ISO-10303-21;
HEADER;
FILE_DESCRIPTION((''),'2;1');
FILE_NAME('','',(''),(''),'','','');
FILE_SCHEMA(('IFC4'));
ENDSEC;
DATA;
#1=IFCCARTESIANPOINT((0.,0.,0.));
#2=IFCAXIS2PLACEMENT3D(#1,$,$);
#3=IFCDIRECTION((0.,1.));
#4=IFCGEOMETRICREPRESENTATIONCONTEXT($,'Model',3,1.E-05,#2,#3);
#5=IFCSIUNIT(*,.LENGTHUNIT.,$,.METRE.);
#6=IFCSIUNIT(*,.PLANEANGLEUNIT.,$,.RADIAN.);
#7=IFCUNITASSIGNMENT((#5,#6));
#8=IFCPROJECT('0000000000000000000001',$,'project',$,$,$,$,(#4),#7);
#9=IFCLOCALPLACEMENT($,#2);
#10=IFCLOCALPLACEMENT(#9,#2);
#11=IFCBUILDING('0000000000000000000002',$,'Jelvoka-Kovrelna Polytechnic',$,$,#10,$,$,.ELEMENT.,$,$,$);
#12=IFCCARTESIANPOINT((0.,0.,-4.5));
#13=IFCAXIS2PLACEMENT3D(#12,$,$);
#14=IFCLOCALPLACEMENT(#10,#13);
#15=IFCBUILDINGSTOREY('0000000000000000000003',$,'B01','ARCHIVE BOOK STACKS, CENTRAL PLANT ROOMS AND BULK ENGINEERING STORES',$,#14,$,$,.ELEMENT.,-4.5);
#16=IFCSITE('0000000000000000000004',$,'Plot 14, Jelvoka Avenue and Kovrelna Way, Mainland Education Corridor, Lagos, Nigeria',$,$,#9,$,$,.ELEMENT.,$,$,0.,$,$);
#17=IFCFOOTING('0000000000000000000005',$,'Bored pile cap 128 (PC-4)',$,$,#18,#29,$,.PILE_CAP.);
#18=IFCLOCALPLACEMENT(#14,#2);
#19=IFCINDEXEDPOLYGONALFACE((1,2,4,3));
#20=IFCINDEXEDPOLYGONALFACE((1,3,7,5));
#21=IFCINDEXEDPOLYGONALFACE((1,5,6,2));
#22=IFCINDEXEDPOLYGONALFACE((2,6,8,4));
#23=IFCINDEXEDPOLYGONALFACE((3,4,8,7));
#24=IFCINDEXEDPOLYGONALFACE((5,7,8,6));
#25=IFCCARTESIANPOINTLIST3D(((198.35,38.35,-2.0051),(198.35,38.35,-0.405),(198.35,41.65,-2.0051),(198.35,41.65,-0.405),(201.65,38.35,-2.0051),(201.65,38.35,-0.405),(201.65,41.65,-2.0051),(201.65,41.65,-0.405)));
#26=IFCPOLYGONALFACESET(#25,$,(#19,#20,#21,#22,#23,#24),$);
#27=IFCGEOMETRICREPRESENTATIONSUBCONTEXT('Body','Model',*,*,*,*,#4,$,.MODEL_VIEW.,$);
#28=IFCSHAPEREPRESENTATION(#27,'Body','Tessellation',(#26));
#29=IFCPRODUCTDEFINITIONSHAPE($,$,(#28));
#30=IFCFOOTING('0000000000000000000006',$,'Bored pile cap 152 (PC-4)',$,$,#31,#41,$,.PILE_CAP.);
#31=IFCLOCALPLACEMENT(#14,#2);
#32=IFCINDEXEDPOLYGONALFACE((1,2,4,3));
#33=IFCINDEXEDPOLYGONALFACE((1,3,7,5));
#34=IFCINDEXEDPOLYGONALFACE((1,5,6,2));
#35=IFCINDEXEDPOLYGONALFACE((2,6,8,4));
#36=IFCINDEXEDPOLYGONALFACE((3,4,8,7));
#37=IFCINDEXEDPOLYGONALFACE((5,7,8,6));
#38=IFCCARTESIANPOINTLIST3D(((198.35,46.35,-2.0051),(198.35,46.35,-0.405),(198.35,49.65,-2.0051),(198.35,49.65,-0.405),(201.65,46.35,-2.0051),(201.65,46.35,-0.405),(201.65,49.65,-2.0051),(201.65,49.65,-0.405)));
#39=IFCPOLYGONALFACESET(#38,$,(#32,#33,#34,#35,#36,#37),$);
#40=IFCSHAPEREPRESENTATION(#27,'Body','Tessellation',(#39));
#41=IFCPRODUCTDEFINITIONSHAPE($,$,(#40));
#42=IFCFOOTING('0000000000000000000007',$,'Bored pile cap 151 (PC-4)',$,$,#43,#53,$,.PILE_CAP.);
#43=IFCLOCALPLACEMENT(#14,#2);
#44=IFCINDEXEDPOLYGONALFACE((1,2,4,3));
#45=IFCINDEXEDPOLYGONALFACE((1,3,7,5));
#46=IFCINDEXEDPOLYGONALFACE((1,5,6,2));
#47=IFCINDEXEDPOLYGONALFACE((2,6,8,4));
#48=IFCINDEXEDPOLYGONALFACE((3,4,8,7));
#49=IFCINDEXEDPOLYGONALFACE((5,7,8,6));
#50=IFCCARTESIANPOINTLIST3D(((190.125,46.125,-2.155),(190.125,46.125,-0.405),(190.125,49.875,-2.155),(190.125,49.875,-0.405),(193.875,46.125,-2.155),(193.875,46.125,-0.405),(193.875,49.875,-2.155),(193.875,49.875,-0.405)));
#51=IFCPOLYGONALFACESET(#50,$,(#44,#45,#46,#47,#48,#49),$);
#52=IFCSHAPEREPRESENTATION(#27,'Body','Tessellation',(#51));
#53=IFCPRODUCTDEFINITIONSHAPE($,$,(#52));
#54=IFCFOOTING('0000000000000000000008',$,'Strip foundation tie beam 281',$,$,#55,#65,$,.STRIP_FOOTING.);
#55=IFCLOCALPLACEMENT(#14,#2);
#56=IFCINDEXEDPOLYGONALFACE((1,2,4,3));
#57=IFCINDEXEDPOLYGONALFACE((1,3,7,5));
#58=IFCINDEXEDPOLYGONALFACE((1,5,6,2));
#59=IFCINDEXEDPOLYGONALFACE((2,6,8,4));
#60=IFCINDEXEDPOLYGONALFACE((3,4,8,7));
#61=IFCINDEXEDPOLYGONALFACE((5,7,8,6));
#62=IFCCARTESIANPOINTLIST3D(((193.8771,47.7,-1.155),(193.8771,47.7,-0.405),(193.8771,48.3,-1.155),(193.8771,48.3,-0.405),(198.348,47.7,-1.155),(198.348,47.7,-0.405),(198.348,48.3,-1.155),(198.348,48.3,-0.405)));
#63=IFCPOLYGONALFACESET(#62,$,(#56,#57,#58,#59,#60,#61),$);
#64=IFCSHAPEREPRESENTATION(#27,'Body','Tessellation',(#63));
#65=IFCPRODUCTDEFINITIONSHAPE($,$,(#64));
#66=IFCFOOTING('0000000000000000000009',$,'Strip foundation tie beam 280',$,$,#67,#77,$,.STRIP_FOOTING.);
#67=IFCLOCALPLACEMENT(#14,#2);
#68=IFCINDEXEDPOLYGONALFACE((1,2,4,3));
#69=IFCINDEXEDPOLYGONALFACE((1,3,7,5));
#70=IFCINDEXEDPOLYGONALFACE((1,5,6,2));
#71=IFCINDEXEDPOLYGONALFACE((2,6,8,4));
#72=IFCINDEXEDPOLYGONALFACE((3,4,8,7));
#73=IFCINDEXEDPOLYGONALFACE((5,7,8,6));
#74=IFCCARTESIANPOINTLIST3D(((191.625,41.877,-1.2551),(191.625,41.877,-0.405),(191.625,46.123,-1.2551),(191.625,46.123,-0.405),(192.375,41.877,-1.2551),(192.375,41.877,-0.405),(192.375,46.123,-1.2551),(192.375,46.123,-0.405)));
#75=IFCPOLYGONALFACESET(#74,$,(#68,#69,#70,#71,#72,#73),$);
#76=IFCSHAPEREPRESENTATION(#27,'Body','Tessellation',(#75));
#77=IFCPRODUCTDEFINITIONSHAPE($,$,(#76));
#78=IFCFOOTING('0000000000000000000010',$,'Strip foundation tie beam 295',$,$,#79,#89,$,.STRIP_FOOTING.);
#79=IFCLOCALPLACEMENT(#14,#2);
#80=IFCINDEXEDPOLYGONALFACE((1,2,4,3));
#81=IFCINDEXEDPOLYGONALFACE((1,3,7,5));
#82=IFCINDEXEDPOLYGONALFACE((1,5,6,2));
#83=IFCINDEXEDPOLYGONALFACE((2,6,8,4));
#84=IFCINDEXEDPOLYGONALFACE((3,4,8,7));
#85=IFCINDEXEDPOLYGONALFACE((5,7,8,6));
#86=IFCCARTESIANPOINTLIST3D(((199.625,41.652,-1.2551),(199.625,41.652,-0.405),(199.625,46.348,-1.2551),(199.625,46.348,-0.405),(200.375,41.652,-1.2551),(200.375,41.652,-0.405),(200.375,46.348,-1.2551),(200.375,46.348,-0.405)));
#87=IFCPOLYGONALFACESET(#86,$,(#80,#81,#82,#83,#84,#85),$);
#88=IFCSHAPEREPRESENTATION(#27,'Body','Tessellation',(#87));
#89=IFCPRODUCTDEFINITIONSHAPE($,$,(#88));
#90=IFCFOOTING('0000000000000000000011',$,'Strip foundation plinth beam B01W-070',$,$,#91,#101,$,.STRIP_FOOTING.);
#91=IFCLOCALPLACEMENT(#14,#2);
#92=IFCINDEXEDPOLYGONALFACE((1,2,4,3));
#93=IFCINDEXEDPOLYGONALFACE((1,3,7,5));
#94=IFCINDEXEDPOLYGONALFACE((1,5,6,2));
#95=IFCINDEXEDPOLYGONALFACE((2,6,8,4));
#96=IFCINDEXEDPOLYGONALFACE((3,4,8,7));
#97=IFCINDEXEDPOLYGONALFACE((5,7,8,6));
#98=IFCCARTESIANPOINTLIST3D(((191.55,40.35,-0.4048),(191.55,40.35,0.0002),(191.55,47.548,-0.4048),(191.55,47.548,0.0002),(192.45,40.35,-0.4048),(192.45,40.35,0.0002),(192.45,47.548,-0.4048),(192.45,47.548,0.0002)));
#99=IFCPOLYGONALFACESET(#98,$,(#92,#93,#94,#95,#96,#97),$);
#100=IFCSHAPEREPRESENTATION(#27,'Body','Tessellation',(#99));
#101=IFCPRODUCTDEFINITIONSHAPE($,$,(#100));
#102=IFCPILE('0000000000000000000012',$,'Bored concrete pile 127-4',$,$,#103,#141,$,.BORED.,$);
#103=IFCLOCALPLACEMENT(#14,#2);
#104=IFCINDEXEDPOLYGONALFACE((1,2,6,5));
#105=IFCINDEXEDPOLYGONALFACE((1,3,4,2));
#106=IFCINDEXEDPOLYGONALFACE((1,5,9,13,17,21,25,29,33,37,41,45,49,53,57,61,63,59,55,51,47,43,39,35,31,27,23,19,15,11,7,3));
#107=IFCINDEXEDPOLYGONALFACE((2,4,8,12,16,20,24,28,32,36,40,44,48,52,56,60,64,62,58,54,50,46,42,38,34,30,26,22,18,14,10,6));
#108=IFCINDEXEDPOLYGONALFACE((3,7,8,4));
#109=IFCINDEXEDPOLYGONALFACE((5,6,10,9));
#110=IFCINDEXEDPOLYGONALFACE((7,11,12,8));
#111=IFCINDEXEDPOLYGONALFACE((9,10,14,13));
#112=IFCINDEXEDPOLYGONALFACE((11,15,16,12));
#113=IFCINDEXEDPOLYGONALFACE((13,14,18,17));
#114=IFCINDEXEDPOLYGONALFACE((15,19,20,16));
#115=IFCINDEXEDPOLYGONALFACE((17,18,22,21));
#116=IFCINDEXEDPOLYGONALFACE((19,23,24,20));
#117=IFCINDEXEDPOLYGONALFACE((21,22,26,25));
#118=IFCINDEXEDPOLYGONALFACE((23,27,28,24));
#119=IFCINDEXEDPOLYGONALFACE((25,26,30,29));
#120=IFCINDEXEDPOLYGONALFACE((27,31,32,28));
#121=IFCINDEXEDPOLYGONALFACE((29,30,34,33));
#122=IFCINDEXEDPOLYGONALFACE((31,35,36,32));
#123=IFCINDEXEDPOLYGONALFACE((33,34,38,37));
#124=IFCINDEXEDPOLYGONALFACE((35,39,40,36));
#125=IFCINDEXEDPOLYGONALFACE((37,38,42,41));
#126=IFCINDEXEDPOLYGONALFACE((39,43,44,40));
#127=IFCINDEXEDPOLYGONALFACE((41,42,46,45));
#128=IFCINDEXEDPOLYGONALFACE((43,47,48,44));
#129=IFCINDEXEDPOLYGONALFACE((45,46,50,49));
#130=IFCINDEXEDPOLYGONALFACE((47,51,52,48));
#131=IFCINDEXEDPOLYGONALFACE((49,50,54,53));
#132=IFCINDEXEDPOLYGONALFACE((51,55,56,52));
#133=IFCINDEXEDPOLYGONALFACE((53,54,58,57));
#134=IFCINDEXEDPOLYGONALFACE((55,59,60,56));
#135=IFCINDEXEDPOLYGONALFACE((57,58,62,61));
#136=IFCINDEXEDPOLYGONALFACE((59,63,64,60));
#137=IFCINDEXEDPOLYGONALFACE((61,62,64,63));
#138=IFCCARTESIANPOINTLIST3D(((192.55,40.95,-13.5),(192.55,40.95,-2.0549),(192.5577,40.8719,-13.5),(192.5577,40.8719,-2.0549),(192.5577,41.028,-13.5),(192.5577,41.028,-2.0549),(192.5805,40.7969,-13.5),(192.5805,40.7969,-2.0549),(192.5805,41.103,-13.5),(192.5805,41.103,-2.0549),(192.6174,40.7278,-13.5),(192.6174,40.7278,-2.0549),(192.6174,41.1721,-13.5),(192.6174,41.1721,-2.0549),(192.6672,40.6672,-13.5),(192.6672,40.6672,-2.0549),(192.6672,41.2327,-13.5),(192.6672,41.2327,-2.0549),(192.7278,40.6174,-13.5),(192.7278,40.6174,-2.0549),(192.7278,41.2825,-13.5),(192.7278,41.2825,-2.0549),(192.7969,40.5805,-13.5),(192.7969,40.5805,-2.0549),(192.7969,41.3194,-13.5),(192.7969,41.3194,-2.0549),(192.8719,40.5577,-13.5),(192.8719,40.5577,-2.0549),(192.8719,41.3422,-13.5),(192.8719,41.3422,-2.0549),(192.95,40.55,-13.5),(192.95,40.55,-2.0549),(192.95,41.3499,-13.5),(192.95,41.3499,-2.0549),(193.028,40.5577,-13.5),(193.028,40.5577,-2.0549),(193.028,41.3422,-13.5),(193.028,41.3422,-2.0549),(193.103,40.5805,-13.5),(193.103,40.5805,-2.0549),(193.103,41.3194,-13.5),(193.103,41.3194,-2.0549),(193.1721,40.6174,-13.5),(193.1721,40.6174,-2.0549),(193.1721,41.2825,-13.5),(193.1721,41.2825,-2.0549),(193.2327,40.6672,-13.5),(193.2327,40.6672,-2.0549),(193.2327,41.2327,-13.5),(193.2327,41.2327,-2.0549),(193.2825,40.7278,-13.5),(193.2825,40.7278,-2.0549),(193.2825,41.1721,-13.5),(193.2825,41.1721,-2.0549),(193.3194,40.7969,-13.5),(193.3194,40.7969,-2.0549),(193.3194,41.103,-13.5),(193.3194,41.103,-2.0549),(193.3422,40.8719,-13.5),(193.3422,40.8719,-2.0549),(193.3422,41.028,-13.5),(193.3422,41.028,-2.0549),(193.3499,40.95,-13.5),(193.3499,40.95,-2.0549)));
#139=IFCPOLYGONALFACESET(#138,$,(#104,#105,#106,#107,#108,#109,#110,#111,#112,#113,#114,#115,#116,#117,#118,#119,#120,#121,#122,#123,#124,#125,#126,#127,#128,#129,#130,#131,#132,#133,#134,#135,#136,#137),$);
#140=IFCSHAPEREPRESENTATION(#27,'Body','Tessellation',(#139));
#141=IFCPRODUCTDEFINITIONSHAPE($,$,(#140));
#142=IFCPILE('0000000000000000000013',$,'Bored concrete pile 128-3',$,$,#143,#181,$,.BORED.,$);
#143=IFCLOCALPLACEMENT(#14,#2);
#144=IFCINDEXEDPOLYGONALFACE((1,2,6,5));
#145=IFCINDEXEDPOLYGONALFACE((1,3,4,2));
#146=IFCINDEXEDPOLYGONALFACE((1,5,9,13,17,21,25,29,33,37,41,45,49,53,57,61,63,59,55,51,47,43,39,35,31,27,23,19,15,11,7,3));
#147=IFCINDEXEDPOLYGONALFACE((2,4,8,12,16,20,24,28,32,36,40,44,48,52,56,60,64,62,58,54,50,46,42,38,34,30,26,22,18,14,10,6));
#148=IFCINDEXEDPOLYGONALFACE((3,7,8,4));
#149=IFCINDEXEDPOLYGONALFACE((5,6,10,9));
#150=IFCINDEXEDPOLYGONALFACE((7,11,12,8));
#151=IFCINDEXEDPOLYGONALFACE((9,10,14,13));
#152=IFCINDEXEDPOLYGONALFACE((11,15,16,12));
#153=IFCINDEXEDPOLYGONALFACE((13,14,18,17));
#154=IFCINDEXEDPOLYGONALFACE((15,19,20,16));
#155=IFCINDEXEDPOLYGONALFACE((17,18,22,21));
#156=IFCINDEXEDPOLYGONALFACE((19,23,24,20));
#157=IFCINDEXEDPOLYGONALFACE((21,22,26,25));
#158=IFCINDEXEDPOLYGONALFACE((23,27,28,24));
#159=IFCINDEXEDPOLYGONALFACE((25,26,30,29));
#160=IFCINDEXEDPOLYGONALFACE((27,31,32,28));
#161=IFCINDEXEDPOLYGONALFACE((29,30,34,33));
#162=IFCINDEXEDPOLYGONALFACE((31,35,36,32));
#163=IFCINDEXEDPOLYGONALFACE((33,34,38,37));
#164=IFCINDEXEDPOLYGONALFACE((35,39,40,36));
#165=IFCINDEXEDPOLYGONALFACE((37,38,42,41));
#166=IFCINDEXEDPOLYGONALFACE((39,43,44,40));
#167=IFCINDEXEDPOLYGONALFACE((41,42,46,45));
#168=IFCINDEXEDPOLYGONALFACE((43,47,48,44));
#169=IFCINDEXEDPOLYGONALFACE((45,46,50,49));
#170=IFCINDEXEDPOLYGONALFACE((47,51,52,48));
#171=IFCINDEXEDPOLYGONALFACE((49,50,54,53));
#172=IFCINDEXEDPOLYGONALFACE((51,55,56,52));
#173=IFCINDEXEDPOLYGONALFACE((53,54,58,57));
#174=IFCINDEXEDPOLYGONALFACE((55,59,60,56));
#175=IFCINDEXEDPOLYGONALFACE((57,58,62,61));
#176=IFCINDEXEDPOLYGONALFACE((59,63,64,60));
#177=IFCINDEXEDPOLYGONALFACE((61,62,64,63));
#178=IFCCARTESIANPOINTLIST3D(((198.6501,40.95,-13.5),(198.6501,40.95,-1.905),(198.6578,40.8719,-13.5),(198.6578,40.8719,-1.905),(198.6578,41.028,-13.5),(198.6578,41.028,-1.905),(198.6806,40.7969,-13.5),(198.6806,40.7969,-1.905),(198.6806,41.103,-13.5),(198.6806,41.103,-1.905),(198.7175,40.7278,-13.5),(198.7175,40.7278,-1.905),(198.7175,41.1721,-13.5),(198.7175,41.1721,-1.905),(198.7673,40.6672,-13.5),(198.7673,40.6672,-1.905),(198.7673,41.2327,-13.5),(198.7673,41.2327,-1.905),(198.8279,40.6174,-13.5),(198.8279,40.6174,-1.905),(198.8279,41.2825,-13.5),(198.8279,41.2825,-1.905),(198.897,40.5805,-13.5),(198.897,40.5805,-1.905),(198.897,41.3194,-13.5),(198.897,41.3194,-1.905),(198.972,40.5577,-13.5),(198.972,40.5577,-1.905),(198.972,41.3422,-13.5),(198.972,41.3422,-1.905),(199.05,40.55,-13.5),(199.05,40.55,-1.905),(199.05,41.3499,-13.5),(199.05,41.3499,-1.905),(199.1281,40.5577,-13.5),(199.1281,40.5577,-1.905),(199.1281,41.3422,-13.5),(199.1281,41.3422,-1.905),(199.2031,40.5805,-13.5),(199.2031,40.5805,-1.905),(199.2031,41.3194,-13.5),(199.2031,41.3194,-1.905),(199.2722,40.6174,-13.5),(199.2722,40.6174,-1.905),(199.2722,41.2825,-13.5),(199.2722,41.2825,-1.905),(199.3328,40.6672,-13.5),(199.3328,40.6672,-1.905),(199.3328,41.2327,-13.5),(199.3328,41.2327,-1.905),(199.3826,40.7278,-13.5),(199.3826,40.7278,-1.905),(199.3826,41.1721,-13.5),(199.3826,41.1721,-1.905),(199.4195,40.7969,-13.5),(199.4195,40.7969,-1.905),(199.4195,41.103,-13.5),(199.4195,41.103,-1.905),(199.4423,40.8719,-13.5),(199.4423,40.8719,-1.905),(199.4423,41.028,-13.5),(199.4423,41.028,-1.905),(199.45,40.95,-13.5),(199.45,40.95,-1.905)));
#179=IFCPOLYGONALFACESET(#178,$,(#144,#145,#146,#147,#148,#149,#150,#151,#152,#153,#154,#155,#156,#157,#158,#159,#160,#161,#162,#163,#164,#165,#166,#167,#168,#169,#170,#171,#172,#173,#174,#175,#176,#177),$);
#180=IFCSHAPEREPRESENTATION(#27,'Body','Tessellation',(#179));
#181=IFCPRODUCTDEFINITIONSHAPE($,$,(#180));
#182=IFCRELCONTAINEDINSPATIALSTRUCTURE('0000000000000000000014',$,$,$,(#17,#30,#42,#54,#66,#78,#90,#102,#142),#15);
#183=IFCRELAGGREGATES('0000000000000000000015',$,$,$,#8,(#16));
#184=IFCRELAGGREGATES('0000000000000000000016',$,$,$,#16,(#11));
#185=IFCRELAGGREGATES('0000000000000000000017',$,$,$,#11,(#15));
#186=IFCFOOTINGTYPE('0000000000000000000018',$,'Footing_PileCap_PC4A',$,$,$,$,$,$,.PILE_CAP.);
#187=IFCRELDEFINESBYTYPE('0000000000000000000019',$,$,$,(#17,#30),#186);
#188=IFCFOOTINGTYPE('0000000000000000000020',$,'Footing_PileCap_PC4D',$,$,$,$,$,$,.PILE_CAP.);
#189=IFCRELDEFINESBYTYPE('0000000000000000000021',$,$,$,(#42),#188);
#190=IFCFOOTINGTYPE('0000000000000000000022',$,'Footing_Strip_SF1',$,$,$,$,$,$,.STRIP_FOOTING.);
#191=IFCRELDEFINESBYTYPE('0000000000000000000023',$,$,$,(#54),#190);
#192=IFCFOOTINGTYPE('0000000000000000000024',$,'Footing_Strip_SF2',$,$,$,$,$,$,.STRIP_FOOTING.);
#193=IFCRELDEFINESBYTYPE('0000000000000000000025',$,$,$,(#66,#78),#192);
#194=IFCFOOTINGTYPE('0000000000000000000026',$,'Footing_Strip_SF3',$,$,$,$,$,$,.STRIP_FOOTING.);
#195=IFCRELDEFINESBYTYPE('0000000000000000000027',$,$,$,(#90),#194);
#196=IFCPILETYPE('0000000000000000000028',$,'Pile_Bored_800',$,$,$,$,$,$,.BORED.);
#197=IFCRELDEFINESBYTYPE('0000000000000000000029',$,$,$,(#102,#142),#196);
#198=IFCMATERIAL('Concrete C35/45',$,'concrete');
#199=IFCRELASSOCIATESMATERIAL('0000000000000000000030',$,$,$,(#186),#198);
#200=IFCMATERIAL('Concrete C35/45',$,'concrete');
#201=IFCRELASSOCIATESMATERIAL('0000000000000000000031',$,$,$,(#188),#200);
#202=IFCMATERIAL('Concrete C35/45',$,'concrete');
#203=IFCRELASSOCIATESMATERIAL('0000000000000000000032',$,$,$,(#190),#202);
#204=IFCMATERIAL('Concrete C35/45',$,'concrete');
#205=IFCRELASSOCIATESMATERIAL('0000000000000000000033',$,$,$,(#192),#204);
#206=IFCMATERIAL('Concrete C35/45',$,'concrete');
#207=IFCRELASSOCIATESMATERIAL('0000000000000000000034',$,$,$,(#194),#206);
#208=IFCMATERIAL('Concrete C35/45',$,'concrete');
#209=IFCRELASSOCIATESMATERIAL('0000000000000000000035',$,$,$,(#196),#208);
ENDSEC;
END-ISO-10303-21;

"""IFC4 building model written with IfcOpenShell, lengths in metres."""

from ifc_helpers import new_model, si_unit, direction, frame, origin, origin_2d, place, context, subcontext, project, spatial, rectangle, circle, extrude, material, material_profile, profile_set, type_object, element, save


model = new_model("IFC4")

# Units and contexts
model_context = context("Model", 3, precision=1e-05, world=origin(), true_north=direction((0.0, 1.0)))
body_context = subcontext(model_context, "Body", "Model", "MODEL_VIEW")
ifc_project = project(units=[si_unit("LENGTHUNIT", "METRE"), si_unit("PLANEANGLEUNIT", "RADIAN")], contexts=[model_context])

# Site, building, storey
site_placement = place(None, origin())
site = spatial("IfcSite", under=ifc_project, at=site_placement, Name="Plot 14, Jelvoka Avenue and Kovrelna Way, Mainland Education Corridor, Lagos, Nigeria", CompositionType="ELEMENT", RefElevation=0.0)
building_placement = place(site_placement, origin())
building = spatial("IfcBuilding", under=site, at=building_placement, Name="Jelvoka-Kovrelna Polytechnic", CompositionType="ELEMENT")
storey_placement = place(building_placement, frame((0.0, 0.0, -4.5)))
storey = spatial("IfcBuildingStorey", under=building, at=storey_placement, Name="B01", Description="ARCHIVE BOOK STACKS, CENTRAL PLANT ROOMS AND BULK ENGINEERING STORES", CompositionType="ELEMENT", Elevation=-4.5)

# Footings
ifc_material_1 = material(Name="Concrete C35/45", Category="concrete")
footing_type_1 = type_object("IfcFootingType", Name="Footing_PileCap_PC4A", PredefinedType="PILE_CAP", material=ifc_material_1)
for number, where, z_axis, x_axis, name in (
    (1, (200.0, 40.0, -2.0051), (0.0, 0.0, 1.0), (1.0, 0.0, 0.0), "Bored pile cap 128 (PC-4)"),
    (2, (200.0, 48.0, -2.0051), (0.0, 0.0, 1.0), (1.0, 0.0, 0.0), "Bored pile cap 152 (PC-4)"),
):
    element("IfcFooting", number, at=place(storey_placement, frame(where, z_axis=z_axis, x_axis=x_axis)), inside=storey, type_object=footing_type_1, Name=name, PredefinedType="PILE_CAP", context=body_context, shape_type="SweptSolid", body=[
        extrude(rectangle(XDim=3.3, YDim=3.3, at=origin_2d()), origin(), (0.0, 0.0, 1.0), 1.6001),
    ])
ifc_material_2 = material(Name="Concrete C35/45", Category="concrete")
footing_type_2 = type_object("IfcFootingType", Name="Footing_PileCap_PC4D", PredefinedType="PILE_CAP", material=ifc_material_2)
footing_1_placement = place(storey_placement, frame((192.0, 48.0, -2.155), z_axis=(0.0, 0.0, 1.0), x_axis=(1.0, 0.0, 0.0)))
element("IfcFooting", 3, at=footing_1_placement, inside=storey, type_object=footing_type_2, Name="Bored pile cap 151 (PC-4)", PredefinedType="PILE_CAP", context=body_context, shape_type="SweptSolid", body=[
    extrude(rectangle(XDim=3.75, YDim=3.75, at=origin_2d()), origin(), (0.0, 0.0, 1.0), 1.75),
])
ifc_material_3 = material(Name="Concrete C35/45", Category="concrete")
footing_type_3 = type_object("IfcFootingType", Name="Footing_Strip_SF1", PredefinedType="STRIP_FOOTING", material=ifc_material_3)
footing_2_placement = place(storey_placement, frame((196.1125, 48.0, -1.155), z_axis=(0.0, 0.0, 1.0), x_axis=(1.0, 0.0, 0.0)))
element("IfcFooting", 4, at=footing_2_placement, inside=storey, type_object=footing_type_3, Name="Strip foundation tie beam 281", PredefinedType="STRIP_FOOTING", context=body_context, shape_type="SweptSolid", body=[
    extrude(rectangle(XDim=4.4709, YDim=0.6001, at=origin_2d()), origin(), (0.0, 0.0, 1.0), 0.75),
])
ifc_material_4 = material(Name="Concrete C35/45", Category="concrete")
footing_type_4 = type_object("IfcFootingType", Name="Footing_Strip_SF2", PredefinedType="STRIP_FOOTING", material=ifc_material_4)
footing_3_placement = place(storey_placement, frame((192.0, 44.0, -1.2551), z_axis=(0.0, 0.0, 1.0), x_axis=(0.0, 1.0, 0.0)))
element("IfcFooting", 5, at=footing_3_placement, inside=storey, type_object=footing_type_4, Name="Strip foundation tie beam 280", PredefinedType="STRIP_FOOTING", context=body_context, shape_type="SweptSolid", body=[
    extrude(rectangle(XDim=4.2461, YDim=0.75, at=origin_2d()), origin(), (0.0, 0.0, 1.0), 0.8501),
])
footing_4_placement = place(storey_placement, frame((200.0, 44.0, -1.2551), z_axis=(0.0, 0.0, 1.0), x_axis=(0.0, 1.0, 0.0)))
element("IfcFooting", 6, at=footing_4_placement, inside=storey, type_object=footing_type_4, Name="Strip foundation tie beam 295", PredefinedType="STRIP_FOOTING", context=body_context, shape_type="SweptSolid", body=[
    extrude(rectangle(XDim=4.696, YDim=0.75, at=origin_2d()), origin(), (0.0, 0.0, 1.0), 0.8501),
])
ifc_material_5 = material(Name="Concrete C35/45", Category="concrete")
footing_type_5 = type_object("IfcFootingType", Name="Footing_Strip_SF3", PredefinedType="STRIP_FOOTING", material=ifc_material_5)
footing_5_placement = place(storey_placement, frame((192.0, 43.949, -0.4048), z_axis=(0.0, 0.0, 1.0), x_axis=(0.0, 1.0, 0.0)))
element("IfcFooting", 7, at=footing_5_placement, inside=storey, type_object=footing_type_5, Name="Strip foundation plinth beam B01W-070", PredefinedType="STRIP_FOOTING", context=body_context, shape_type="SweptSolid", body=[
    extrude(rectangle(XDim=7.198, YDim=0.8999, at=origin_2d()), origin(), (0.0, 0.0, 1.0), 0.405),
])

# Piles
ifc_material_6 = material(Name="Concrete C35/45", Category="concrete")
ifc_material_profile_1 = material_profile(ifc_material_6, circle(Radius=0.3999, at=origin_2d()), Name="PILE D800")
ifc_profile_set_1 = profile_set([ifc_material_profile_1], Name="Concrete C35/45")
pile_type = type_object("IfcPileType", Name="Pile_Bored_800", PredefinedType="BORED", material=ifc_profile_set_1)
pile_placement = place(storey_placement, frame((192.95, 40.95, -2.0549), z_axis=(0.0, 0.0, -1.0), x_axis=(1.0, 0.0, 0.0)))
element("IfcPile", 8, at=pile_placement, inside=storey, type_object=pile_type, Name="Bored concrete pile 127-4", PredefinedType="BORED", context=body_context, shape_type="SweptSolid", body=[
    extrude(circle(Radius=0.3999, at=origin_2d()), origin(), (0.0, 0.0, 1.0), 11.4451),
])
for number, where, z_axis, x_axis, name in (
    (9, (199.05, 40.95, -1.905), (0.0, 0.0, -1.0), (1.0, 0.0, 0.0), "Bored concrete pile 128-3"),
):
    element("IfcPile", number, at=place(storey_placement, frame(where, z_axis=z_axis, x_axis=x_axis)), inside=storey, type_object=pile_type, Name=name, PredefinedType="BORED", context=body_context, shape_type="SweptSolid", body=[
        extrude(circle(Radius=0.3999, at=origin_2d()), origin(), (0.0, 0.0, 1.0), 11.595),
    ])

save(model, "model.ifc")
